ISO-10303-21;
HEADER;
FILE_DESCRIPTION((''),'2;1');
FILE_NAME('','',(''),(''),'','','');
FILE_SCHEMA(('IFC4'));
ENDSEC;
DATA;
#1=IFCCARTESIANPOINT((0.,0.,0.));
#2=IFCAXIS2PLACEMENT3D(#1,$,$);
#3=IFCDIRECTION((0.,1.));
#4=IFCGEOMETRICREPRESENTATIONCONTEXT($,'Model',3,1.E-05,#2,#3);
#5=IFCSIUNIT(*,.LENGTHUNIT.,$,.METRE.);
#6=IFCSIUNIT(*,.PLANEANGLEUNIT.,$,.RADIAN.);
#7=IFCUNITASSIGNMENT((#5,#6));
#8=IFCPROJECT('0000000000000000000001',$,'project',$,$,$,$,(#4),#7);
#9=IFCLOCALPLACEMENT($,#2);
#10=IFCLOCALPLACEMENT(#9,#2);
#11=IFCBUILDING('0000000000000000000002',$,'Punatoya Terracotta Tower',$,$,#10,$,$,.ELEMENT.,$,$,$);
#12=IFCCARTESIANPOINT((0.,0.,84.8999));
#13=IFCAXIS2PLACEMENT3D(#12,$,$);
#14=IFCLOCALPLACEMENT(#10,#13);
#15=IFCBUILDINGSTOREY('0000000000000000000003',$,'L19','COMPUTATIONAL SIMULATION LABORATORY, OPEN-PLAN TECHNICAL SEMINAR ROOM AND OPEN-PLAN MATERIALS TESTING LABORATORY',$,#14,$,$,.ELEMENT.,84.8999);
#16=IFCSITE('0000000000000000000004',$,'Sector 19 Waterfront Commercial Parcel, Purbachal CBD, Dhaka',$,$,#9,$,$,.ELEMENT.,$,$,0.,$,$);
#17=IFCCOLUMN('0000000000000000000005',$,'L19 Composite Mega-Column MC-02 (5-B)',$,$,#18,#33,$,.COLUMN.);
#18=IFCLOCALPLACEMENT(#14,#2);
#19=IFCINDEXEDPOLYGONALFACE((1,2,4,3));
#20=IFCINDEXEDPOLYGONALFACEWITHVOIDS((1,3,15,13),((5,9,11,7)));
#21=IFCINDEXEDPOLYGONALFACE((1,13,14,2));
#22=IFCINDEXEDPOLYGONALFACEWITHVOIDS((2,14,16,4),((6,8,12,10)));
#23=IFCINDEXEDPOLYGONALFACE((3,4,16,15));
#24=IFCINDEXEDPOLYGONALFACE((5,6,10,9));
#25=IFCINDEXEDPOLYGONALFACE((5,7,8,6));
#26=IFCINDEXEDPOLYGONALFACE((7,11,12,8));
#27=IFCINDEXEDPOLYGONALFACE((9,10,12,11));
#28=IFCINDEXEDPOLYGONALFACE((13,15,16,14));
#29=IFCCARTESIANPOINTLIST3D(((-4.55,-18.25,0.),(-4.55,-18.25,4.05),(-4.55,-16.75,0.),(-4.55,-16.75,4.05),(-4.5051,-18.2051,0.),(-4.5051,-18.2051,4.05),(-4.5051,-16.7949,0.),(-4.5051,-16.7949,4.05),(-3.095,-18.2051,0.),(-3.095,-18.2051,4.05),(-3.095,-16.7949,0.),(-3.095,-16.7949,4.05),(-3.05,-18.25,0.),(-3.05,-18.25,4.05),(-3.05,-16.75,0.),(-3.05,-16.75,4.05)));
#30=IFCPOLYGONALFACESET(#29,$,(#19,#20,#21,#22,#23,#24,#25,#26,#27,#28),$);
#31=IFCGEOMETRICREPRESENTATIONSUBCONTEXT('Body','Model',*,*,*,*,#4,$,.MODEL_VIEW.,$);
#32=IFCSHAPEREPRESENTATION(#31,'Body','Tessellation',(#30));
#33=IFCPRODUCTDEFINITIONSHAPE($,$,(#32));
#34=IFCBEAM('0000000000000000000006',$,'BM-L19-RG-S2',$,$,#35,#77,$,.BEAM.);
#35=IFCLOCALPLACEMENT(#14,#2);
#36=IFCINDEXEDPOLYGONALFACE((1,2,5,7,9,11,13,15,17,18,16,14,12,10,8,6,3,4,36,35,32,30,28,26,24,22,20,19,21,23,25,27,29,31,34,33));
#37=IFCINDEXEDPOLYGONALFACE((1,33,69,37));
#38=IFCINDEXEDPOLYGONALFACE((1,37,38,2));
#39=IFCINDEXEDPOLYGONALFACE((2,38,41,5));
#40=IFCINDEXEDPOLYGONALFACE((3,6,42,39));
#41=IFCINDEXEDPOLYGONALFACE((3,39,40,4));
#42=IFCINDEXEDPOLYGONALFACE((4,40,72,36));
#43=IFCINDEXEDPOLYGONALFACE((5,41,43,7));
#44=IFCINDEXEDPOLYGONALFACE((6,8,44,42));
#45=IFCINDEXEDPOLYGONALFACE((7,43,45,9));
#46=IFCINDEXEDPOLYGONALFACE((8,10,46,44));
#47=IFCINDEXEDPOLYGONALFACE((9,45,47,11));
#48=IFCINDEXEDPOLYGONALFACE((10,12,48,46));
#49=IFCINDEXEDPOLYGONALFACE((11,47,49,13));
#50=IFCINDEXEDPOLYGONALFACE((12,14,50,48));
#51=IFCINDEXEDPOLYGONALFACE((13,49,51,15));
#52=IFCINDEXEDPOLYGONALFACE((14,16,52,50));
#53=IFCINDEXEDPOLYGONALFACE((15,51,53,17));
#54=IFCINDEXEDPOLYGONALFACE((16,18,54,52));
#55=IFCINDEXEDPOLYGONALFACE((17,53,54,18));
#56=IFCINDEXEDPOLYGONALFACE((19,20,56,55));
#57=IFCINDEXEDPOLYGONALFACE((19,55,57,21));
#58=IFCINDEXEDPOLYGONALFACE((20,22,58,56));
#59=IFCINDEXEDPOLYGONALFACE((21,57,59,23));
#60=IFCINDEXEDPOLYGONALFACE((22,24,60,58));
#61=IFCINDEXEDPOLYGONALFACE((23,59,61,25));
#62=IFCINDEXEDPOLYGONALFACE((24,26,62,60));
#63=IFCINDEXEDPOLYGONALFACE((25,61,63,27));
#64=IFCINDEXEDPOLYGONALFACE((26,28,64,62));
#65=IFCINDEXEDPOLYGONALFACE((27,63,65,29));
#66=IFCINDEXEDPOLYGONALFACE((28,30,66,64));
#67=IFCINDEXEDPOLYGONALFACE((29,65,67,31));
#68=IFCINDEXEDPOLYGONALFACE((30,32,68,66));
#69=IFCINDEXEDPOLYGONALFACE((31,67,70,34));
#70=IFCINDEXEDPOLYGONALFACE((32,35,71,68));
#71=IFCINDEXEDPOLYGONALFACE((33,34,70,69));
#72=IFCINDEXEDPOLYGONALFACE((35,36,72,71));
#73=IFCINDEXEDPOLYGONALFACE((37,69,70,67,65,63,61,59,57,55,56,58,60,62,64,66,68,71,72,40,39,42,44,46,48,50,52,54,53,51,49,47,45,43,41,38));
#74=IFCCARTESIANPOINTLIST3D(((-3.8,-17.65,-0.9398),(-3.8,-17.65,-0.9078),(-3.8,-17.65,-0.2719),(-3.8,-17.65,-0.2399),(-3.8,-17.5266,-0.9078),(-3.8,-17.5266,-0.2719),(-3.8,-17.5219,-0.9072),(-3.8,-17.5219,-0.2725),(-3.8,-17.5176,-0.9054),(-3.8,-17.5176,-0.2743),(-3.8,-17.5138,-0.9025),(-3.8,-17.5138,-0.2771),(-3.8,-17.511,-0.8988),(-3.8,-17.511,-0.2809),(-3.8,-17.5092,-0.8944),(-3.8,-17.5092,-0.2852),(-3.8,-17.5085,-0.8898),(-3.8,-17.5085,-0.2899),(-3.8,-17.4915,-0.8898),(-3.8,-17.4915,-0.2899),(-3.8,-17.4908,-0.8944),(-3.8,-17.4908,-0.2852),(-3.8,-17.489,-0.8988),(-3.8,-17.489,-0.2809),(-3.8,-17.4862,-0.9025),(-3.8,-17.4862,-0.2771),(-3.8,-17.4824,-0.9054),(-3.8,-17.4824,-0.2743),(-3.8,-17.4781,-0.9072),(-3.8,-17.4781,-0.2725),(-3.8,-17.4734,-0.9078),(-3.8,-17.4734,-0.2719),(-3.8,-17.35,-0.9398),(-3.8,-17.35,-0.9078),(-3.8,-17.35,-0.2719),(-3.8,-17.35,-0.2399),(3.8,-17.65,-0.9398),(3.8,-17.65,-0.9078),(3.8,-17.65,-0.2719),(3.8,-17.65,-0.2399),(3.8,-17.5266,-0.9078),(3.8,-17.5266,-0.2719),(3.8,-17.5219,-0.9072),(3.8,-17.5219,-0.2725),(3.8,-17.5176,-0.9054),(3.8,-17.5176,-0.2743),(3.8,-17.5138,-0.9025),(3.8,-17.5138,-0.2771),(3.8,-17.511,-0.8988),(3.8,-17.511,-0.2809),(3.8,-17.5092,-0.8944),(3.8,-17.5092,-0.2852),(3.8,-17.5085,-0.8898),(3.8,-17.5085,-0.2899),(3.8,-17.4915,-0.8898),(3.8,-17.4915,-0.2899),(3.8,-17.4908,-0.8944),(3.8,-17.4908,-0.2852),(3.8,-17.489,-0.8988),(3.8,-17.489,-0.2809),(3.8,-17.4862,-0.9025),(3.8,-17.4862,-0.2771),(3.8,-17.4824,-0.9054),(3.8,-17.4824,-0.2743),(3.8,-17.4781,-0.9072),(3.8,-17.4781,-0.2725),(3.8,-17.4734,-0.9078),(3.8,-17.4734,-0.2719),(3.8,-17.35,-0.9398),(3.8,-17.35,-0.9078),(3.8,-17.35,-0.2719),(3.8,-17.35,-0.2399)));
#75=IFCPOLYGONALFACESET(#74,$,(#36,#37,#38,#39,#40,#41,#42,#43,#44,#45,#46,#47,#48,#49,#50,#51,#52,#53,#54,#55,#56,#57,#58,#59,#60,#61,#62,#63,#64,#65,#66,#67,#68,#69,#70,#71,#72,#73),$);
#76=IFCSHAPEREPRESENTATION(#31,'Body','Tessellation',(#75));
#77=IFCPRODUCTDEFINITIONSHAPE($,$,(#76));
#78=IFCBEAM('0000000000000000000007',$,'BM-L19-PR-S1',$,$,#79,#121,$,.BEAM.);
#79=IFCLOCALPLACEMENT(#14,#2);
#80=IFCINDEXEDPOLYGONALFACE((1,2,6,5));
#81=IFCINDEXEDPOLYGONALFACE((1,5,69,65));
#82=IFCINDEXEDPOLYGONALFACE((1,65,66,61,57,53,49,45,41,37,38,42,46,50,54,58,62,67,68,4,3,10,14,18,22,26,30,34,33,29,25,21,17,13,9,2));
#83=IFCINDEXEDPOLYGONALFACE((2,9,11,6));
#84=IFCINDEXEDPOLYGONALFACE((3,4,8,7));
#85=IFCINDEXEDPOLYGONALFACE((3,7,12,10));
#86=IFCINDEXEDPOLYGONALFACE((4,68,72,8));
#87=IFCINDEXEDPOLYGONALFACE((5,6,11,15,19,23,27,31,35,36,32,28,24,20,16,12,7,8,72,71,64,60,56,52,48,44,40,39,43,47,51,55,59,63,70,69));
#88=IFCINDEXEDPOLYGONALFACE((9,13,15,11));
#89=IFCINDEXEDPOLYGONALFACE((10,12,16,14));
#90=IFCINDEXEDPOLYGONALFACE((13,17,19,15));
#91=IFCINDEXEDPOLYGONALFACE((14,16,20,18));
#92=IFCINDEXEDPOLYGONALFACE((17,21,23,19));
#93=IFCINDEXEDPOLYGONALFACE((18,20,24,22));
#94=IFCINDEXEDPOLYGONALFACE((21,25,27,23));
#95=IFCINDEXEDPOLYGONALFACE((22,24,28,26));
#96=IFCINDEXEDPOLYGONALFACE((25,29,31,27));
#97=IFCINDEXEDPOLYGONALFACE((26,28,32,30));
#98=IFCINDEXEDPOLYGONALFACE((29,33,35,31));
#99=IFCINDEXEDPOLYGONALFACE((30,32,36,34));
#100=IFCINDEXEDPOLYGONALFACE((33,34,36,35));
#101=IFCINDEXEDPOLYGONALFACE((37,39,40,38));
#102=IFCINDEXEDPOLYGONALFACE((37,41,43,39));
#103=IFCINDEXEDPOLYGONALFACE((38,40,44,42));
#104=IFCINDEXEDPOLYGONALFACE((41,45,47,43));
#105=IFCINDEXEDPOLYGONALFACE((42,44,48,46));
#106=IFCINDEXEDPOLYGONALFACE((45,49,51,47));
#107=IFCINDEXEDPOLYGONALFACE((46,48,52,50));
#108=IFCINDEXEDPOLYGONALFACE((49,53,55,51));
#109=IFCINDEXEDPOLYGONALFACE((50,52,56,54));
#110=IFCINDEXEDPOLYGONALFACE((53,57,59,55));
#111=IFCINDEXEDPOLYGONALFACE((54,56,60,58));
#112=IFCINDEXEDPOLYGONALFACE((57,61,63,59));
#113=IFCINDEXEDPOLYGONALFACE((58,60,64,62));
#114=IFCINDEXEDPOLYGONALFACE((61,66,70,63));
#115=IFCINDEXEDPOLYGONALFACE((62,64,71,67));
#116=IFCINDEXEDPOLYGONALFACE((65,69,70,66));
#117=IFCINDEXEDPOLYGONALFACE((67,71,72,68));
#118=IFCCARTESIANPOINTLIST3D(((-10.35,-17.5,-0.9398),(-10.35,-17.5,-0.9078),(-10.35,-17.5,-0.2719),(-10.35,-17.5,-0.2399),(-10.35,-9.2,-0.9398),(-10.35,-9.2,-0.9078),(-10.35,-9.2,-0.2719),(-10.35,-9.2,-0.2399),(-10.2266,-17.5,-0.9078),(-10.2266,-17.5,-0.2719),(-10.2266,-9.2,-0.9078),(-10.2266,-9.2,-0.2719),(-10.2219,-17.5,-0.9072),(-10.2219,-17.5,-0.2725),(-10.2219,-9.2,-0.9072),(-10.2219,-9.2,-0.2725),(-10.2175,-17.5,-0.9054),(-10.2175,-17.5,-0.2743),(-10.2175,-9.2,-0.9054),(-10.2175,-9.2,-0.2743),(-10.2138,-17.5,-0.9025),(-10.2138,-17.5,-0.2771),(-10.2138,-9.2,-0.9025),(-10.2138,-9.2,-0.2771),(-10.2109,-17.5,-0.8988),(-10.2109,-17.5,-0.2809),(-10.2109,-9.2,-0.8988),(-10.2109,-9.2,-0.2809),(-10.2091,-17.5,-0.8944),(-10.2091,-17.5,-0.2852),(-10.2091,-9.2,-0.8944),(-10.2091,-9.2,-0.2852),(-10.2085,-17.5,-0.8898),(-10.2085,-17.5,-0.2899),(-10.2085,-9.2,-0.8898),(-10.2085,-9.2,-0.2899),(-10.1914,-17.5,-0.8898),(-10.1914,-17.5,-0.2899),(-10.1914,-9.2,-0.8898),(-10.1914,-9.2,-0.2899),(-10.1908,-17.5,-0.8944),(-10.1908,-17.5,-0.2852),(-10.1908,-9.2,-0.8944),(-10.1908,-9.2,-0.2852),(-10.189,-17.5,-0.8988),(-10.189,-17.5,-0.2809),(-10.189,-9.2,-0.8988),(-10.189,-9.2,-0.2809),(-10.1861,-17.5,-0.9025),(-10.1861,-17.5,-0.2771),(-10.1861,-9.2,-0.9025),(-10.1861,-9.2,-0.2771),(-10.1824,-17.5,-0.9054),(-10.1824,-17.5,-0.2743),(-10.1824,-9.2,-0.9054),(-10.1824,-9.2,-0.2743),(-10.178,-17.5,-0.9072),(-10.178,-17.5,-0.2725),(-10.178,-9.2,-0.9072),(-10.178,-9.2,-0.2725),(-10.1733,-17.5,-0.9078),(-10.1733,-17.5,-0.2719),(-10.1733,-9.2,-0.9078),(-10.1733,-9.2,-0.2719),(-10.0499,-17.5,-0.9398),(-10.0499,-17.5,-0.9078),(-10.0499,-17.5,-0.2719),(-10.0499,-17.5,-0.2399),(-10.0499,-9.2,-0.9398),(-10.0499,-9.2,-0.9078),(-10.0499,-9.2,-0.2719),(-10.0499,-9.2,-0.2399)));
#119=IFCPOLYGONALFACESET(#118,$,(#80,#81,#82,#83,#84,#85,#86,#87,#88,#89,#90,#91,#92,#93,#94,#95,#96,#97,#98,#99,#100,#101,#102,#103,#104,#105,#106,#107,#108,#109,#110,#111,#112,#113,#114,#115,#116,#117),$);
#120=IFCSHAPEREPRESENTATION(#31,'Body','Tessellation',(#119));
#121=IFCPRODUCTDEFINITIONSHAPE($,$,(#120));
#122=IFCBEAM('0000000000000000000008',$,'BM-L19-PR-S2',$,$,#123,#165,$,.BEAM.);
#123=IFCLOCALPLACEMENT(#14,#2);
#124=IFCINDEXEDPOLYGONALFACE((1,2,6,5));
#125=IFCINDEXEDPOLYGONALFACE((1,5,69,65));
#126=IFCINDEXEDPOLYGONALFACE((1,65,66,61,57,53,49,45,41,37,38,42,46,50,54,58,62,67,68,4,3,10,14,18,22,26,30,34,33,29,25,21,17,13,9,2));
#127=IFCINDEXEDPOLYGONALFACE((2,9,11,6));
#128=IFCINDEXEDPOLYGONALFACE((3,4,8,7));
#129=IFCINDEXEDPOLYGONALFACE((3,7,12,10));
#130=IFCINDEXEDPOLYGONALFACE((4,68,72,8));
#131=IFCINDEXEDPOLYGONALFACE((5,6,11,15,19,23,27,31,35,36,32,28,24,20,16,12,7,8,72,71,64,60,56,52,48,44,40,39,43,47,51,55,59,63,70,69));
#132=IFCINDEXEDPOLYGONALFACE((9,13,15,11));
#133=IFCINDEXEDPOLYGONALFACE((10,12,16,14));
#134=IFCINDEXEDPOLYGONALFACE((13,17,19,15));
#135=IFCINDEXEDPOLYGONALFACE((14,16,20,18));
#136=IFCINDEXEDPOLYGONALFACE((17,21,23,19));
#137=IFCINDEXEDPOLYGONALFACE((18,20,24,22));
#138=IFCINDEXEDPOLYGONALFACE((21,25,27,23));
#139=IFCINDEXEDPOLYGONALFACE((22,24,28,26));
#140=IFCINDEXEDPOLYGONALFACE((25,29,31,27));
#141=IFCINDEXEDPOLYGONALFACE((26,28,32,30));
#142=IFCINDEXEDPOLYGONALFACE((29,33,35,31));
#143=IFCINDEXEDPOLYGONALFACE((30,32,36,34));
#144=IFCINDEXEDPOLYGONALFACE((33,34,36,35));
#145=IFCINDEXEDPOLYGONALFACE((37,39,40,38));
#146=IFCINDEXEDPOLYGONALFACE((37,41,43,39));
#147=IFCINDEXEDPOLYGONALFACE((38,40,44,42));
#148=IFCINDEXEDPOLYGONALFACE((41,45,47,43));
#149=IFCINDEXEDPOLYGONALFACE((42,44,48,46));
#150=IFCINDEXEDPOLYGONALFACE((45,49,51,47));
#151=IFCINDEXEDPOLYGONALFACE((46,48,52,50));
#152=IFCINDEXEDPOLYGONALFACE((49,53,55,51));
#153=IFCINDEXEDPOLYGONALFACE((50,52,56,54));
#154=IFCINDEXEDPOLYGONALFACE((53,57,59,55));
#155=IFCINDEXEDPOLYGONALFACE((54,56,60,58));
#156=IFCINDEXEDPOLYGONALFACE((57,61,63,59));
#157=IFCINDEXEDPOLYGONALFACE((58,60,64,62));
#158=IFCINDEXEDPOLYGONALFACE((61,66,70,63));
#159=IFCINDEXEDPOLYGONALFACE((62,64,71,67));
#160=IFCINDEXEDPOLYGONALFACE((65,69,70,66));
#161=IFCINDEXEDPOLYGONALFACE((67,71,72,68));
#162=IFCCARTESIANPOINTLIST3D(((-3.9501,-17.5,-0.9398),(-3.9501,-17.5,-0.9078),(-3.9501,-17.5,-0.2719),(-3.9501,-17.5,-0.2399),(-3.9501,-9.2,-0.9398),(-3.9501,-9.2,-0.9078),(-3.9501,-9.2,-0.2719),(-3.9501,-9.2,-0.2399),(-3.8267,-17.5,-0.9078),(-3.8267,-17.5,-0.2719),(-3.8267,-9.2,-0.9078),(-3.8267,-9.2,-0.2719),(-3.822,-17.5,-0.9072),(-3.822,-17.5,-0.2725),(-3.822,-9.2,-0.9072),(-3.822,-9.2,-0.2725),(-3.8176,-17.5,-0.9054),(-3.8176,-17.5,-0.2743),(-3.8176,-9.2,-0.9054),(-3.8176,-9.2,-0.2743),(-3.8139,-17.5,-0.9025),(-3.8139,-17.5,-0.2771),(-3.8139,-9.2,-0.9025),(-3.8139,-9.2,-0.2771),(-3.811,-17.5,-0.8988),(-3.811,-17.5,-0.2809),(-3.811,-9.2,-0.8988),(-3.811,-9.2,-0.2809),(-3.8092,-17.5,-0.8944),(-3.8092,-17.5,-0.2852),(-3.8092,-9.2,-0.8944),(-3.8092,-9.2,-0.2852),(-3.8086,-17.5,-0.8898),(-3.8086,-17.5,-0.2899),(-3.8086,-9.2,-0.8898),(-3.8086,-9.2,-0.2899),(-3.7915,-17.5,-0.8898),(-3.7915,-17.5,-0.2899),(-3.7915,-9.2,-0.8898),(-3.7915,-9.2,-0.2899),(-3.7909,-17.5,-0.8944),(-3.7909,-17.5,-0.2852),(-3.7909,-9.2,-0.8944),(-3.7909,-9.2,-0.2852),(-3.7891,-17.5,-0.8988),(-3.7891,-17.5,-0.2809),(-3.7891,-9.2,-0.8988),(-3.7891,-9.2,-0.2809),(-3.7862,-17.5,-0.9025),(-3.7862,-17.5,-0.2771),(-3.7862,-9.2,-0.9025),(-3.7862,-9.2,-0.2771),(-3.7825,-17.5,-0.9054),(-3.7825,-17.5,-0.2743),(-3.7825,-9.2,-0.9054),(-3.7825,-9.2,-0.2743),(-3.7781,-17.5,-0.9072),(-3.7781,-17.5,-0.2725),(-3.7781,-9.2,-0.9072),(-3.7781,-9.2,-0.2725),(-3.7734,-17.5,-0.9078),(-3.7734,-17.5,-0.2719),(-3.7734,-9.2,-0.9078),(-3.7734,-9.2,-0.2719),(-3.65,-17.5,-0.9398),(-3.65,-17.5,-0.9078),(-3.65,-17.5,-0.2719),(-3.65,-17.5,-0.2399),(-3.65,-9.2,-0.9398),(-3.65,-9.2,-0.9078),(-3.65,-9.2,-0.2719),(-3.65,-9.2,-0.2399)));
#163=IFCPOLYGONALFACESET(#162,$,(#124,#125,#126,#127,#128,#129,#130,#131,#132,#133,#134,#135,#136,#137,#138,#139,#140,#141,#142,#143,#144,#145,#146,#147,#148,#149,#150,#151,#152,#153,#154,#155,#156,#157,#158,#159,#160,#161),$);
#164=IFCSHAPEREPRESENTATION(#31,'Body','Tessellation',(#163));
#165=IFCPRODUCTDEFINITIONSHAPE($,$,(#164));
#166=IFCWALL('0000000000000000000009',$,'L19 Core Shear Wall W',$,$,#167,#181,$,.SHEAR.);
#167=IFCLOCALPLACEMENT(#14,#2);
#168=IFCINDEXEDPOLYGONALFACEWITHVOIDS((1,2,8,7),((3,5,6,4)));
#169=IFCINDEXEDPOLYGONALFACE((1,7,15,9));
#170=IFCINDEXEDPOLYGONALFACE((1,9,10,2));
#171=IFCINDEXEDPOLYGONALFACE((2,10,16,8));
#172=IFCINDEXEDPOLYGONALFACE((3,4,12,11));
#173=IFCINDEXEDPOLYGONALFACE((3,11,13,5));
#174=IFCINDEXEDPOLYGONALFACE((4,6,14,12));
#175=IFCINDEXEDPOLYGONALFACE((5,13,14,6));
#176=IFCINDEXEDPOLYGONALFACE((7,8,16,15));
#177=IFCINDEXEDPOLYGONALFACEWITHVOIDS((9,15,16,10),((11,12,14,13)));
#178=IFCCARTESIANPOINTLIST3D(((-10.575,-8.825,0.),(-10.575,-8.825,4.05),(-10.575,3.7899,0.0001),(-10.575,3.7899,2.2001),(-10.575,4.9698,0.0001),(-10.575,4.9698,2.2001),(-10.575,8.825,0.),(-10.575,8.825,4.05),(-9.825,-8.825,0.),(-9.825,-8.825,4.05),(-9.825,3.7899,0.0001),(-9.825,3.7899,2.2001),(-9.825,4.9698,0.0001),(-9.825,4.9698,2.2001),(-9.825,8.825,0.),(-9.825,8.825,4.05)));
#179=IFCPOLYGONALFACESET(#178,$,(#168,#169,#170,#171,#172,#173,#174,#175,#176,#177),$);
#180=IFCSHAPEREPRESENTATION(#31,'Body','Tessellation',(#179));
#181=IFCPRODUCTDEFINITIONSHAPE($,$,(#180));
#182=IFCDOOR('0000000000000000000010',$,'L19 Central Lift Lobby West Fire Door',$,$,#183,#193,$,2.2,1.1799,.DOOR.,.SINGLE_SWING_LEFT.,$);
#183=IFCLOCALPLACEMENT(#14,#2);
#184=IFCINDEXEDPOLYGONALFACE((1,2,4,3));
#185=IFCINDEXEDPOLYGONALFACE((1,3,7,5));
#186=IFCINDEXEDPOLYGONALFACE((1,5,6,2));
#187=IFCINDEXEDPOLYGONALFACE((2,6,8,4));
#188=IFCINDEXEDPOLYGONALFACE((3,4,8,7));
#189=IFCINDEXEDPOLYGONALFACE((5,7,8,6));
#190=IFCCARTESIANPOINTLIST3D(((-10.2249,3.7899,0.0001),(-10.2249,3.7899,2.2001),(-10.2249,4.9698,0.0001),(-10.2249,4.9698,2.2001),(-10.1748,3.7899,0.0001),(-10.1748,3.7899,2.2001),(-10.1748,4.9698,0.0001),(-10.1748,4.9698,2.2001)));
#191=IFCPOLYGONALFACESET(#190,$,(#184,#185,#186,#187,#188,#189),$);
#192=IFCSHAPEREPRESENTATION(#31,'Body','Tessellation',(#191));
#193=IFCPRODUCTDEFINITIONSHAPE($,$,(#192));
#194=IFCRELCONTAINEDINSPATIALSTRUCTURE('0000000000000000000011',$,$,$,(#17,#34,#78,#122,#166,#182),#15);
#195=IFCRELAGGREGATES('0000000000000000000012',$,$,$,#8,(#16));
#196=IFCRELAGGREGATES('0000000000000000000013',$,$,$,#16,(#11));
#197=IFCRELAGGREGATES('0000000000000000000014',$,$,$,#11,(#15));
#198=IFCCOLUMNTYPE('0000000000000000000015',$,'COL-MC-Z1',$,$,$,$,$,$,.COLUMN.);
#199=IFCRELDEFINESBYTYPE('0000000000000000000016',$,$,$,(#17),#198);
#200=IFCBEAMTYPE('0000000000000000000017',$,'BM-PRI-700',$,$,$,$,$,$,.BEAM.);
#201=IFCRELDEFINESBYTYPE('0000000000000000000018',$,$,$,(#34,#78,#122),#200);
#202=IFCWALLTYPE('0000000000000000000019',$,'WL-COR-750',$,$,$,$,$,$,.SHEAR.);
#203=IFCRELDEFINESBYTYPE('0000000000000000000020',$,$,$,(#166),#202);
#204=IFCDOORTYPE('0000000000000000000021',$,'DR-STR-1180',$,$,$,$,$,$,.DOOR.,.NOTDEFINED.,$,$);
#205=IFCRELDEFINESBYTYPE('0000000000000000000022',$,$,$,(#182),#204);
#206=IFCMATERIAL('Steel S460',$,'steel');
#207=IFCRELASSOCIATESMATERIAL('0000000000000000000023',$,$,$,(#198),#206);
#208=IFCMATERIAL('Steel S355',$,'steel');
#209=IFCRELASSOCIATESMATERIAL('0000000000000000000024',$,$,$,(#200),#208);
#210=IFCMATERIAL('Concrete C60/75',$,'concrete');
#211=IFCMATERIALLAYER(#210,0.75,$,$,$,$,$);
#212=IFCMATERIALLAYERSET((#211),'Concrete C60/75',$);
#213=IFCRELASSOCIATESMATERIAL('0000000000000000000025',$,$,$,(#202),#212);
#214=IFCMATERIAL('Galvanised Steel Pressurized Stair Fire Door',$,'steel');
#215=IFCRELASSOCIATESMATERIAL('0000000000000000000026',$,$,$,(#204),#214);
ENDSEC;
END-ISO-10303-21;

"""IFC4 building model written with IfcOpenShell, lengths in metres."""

from ifc_helpers import new_model, si_unit, direction, frame, frame_2d, origin, origin_2d, place, context, subcontext, project, spatial, rectangle, hollow_rectangle, i_section, extrude, material, layer, layer_set, material_profile, profile_set, type_object, element, fill, save


model = new_model("IFC4")

# Units and contexts
model_context = context("Model", 3, precision=1e-05, world=origin(), true_north=direction((0.0, 1.0)))
body_context = subcontext(model_context, "Body", "Model", "MODEL_VIEW")
ifc_project = project(units=[si_unit("LENGTHUNIT", "METRE"), si_unit("PLANEANGLEUNIT", "RADIAN")], contexts=[model_context])

# Site, building, storey
site_placement = place(None, origin())
site = spatial("IfcSite", under=ifc_project, at=site_placement, Name="Sector 19 Waterfront Commercial Parcel, Purbachal CBD, Dhaka", CompositionType="ELEMENT", RefElevation=0.0)
building_placement = place(site_placement, origin())
building = spatial("IfcBuilding", under=site, at=building_placement, Name="Punatoya Terracotta Tower", CompositionType="ELEMENT")
storey_placement = place(building_placement, frame((0.0, 0.0, 84.8999)))
storey = spatial("IfcBuildingStorey", under=building, at=storey_placement, Name="L19", Description="COMPUTATIONAL SIMULATION LABORATORY, OPEN-PLAN TECHNICAL SEMINAR ROOM AND OPEN-PLAN MATERIALS TESTING LABORATORY", CompositionType="ELEMENT", Elevation=84.8999)

# Column
ifc_material_1 = material(Name="Steel S460", Category="steel")
ifc_material_profile_1 = material_profile(ifc_material_1, hollow_rectangle(XDim=1.5, YDim=1.5, WallThickness=0.0449, at=origin_2d()))
ifc_profile_set_1 = profile_set([ifc_material_profile_1], Name="Steel S460")
column_type = type_object("IfcColumnType", Name="COL-MC-Z1", PredefinedType="COLUMN", material=ifc_profile_set_1)
column_placement = place(storey_placement, frame((-3.8, -17.5, 0.0), z_axis=(0.0, 0.0, 1.0), x_axis=(1.0, 0.0, 0.0)))
element("IfcColumn", 1, at=column_placement, inside=storey, type_object=column_type, Name="L19 Composite Mega-Column MC-02 (5-B)", PredefinedType="COLUMN", context=body_context, shape_type="SweptSolid", body=[
    extrude(hollow_rectangle(XDim=1.5, YDim=1.5, WallThickness=0.0449, at=origin_2d()), origin(), (0.0, 0.0, 1.0), 4.05),
])

# Beams
ifc_material_2 = material(Name="Steel S355", Category="steel")
ifc_material_profile_2 = material_profile(ifc_material_2, i_section(OverallWidth=0.3, OverallDepth=0.7, WebThickness=0.0171, FlangeThickness=0.032, FilletRadius=0.0181, at=origin_2d()))
ifc_profile_set_2 = profile_set([ifc_material_profile_2], Name="Steel S355")
beam_type = type_object("IfcBeamType", Name="BM-PRI-700", PredefinedType="BEAM", material=ifc_profile_set_2)
beam_placement = place(storey_placement, frame((-3.8, -17.5, -0.5898), z_axis=(1.0, 0.0, 0.0), x_axis=(0.0, 1.0, 0.0)))
element("IfcBeam", 2, at=beam_placement, inside=storey, type_object=beam_type, Name="BM-L19-RG-S2", PredefinedType="BEAM", context=body_context, shape_type="SweptSolid", body=[
    extrude(i_section(OverallWidth=0.3, OverallDepth=0.7, WebThickness=0.0171, FlangeThickness=0.032, FilletRadius=0.0181, at=origin_2d()), origin(), (0.0, 0.0, 1.0), 7.6001),
])
for number, where, z_axis, x_axis, name in (
    (3, (-10.2, -17.5, -0.5898), (0.0, 1.0, 0.0), (-1.0, 0.0, 0.0), "BM-L19-PR-S1"),
    (4, (-3.8, -17.5, -0.5898), (0.0, 1.0, 0.0), (-1.0, 0.0, 0.0), "BM-L19-PR-S2"),
):
    element("IfcBeam", number, at=place(storey_placement, frame(where, z_axis=z_axis, x_axis=x_axis)), inside=storey, type_object=beam_type, Name=name, PredefinedType="BEAM", context=body_context, shape_type="SweptSolid", body=[
        extrude(i_section(OverallWidth=0.3, OverallDepth=0.7, WebThickness=0.0171, FlangeThickness=0.032, FilletRadius=0.0181, at=origin_2d()), origin(), (0.0, 0.0, 1.0), 8.3),
    ])

# Wall, opening, door
ifc_material_3 = material(Name="Concrete C60/75", Category="concrete")
ifc_layer_1 = layer(ifc_material_3, 0.75)
ifc_layer_set_1 = layer_set([ifc_layer_1], Name="Concrete C60/75")
wall_type_1 = type_object("IfcWallType", Name="WL-COR-750", PredefinedType="SHEAR", material=ifc_layer_set_1)
wall_1_placement = place(storey_placement, frame((-10.2, -8.825, 0.0), z_axis=(0.0, 0.0, 1.0), x_axis=(0.0, 1.0, 0.0)))
wall_1 = element("IfcWall", 5, at=wall_1_placement, inside=storey, type_object=wall_type_1, Name="L19 Core Shear Wall W", PredefinedType="SHEAR", context=body_context, shape_type="SweptSolid", body=[
    extrude(rectangle(XDim=17.6499, YDim=0.75, at=frame_2d((8.825, 0.0))), origin(), (0.0, 0.0, 1.0), 4.05),
])
opening_1_placement = place(wall_1_placement, frame((12.615, 0.0, 0.0)))
opening_1 = element("IfcOpeningElement", 6, at=opening_1_placement, cuts=wall_1, PredefinedType="OPENING", context=body_context, shape_type="SweptSolid", body=[
    extrude(rectangle(XDim=1.1799, YDim=2.2, at=frame_2d((0.5898, 1.1001))), frame((0.0, 0.385, 0.0), z_axis=(0.0, -1.0, 0.0), x_axis=(1.0, 0.0, 0.0)), (0.0, 0.0, 1.0), 0.77),
])
ifc_material_4 = material(Name="Galvanised Steel Pressurized Stair Fire Door", Category="steel")
door_type_1 = type_object("IfcDoorType", Name="DR-STR-1180", OperationType="NOTDEFINED", PredefinedType="DOOR", material=ifc_material_4)
door_1_placement = place(opening_1_placement, origin())
door_1 = element("IfcDoor", 7, at=door_1_placement, inside=storey, type_object=door_type_1, Name="L19 Central Lift Lobby West Fire Door", OperationType="SINGLE_SWING_LEFT", OverallHeight=2.2, OverallWidth=1.1799, PredefinedType="DOOR", context=body_context, shape_type="SweptSolid", body=[
    extrude(rectangle(XDim=1.1799, YDim=2.2, at=frame_2d((0.5898, 1.1001))), frame((0.0, 0.0249, 0.0), z_axis=(0.0, -1.0, 0.0), x_axis=(1.0, 0.0, 0.0)), (0.0, 0.0, 1.0), 0.05),
])
fill(opening_1, door_1)

save(model, "model.ifc")
